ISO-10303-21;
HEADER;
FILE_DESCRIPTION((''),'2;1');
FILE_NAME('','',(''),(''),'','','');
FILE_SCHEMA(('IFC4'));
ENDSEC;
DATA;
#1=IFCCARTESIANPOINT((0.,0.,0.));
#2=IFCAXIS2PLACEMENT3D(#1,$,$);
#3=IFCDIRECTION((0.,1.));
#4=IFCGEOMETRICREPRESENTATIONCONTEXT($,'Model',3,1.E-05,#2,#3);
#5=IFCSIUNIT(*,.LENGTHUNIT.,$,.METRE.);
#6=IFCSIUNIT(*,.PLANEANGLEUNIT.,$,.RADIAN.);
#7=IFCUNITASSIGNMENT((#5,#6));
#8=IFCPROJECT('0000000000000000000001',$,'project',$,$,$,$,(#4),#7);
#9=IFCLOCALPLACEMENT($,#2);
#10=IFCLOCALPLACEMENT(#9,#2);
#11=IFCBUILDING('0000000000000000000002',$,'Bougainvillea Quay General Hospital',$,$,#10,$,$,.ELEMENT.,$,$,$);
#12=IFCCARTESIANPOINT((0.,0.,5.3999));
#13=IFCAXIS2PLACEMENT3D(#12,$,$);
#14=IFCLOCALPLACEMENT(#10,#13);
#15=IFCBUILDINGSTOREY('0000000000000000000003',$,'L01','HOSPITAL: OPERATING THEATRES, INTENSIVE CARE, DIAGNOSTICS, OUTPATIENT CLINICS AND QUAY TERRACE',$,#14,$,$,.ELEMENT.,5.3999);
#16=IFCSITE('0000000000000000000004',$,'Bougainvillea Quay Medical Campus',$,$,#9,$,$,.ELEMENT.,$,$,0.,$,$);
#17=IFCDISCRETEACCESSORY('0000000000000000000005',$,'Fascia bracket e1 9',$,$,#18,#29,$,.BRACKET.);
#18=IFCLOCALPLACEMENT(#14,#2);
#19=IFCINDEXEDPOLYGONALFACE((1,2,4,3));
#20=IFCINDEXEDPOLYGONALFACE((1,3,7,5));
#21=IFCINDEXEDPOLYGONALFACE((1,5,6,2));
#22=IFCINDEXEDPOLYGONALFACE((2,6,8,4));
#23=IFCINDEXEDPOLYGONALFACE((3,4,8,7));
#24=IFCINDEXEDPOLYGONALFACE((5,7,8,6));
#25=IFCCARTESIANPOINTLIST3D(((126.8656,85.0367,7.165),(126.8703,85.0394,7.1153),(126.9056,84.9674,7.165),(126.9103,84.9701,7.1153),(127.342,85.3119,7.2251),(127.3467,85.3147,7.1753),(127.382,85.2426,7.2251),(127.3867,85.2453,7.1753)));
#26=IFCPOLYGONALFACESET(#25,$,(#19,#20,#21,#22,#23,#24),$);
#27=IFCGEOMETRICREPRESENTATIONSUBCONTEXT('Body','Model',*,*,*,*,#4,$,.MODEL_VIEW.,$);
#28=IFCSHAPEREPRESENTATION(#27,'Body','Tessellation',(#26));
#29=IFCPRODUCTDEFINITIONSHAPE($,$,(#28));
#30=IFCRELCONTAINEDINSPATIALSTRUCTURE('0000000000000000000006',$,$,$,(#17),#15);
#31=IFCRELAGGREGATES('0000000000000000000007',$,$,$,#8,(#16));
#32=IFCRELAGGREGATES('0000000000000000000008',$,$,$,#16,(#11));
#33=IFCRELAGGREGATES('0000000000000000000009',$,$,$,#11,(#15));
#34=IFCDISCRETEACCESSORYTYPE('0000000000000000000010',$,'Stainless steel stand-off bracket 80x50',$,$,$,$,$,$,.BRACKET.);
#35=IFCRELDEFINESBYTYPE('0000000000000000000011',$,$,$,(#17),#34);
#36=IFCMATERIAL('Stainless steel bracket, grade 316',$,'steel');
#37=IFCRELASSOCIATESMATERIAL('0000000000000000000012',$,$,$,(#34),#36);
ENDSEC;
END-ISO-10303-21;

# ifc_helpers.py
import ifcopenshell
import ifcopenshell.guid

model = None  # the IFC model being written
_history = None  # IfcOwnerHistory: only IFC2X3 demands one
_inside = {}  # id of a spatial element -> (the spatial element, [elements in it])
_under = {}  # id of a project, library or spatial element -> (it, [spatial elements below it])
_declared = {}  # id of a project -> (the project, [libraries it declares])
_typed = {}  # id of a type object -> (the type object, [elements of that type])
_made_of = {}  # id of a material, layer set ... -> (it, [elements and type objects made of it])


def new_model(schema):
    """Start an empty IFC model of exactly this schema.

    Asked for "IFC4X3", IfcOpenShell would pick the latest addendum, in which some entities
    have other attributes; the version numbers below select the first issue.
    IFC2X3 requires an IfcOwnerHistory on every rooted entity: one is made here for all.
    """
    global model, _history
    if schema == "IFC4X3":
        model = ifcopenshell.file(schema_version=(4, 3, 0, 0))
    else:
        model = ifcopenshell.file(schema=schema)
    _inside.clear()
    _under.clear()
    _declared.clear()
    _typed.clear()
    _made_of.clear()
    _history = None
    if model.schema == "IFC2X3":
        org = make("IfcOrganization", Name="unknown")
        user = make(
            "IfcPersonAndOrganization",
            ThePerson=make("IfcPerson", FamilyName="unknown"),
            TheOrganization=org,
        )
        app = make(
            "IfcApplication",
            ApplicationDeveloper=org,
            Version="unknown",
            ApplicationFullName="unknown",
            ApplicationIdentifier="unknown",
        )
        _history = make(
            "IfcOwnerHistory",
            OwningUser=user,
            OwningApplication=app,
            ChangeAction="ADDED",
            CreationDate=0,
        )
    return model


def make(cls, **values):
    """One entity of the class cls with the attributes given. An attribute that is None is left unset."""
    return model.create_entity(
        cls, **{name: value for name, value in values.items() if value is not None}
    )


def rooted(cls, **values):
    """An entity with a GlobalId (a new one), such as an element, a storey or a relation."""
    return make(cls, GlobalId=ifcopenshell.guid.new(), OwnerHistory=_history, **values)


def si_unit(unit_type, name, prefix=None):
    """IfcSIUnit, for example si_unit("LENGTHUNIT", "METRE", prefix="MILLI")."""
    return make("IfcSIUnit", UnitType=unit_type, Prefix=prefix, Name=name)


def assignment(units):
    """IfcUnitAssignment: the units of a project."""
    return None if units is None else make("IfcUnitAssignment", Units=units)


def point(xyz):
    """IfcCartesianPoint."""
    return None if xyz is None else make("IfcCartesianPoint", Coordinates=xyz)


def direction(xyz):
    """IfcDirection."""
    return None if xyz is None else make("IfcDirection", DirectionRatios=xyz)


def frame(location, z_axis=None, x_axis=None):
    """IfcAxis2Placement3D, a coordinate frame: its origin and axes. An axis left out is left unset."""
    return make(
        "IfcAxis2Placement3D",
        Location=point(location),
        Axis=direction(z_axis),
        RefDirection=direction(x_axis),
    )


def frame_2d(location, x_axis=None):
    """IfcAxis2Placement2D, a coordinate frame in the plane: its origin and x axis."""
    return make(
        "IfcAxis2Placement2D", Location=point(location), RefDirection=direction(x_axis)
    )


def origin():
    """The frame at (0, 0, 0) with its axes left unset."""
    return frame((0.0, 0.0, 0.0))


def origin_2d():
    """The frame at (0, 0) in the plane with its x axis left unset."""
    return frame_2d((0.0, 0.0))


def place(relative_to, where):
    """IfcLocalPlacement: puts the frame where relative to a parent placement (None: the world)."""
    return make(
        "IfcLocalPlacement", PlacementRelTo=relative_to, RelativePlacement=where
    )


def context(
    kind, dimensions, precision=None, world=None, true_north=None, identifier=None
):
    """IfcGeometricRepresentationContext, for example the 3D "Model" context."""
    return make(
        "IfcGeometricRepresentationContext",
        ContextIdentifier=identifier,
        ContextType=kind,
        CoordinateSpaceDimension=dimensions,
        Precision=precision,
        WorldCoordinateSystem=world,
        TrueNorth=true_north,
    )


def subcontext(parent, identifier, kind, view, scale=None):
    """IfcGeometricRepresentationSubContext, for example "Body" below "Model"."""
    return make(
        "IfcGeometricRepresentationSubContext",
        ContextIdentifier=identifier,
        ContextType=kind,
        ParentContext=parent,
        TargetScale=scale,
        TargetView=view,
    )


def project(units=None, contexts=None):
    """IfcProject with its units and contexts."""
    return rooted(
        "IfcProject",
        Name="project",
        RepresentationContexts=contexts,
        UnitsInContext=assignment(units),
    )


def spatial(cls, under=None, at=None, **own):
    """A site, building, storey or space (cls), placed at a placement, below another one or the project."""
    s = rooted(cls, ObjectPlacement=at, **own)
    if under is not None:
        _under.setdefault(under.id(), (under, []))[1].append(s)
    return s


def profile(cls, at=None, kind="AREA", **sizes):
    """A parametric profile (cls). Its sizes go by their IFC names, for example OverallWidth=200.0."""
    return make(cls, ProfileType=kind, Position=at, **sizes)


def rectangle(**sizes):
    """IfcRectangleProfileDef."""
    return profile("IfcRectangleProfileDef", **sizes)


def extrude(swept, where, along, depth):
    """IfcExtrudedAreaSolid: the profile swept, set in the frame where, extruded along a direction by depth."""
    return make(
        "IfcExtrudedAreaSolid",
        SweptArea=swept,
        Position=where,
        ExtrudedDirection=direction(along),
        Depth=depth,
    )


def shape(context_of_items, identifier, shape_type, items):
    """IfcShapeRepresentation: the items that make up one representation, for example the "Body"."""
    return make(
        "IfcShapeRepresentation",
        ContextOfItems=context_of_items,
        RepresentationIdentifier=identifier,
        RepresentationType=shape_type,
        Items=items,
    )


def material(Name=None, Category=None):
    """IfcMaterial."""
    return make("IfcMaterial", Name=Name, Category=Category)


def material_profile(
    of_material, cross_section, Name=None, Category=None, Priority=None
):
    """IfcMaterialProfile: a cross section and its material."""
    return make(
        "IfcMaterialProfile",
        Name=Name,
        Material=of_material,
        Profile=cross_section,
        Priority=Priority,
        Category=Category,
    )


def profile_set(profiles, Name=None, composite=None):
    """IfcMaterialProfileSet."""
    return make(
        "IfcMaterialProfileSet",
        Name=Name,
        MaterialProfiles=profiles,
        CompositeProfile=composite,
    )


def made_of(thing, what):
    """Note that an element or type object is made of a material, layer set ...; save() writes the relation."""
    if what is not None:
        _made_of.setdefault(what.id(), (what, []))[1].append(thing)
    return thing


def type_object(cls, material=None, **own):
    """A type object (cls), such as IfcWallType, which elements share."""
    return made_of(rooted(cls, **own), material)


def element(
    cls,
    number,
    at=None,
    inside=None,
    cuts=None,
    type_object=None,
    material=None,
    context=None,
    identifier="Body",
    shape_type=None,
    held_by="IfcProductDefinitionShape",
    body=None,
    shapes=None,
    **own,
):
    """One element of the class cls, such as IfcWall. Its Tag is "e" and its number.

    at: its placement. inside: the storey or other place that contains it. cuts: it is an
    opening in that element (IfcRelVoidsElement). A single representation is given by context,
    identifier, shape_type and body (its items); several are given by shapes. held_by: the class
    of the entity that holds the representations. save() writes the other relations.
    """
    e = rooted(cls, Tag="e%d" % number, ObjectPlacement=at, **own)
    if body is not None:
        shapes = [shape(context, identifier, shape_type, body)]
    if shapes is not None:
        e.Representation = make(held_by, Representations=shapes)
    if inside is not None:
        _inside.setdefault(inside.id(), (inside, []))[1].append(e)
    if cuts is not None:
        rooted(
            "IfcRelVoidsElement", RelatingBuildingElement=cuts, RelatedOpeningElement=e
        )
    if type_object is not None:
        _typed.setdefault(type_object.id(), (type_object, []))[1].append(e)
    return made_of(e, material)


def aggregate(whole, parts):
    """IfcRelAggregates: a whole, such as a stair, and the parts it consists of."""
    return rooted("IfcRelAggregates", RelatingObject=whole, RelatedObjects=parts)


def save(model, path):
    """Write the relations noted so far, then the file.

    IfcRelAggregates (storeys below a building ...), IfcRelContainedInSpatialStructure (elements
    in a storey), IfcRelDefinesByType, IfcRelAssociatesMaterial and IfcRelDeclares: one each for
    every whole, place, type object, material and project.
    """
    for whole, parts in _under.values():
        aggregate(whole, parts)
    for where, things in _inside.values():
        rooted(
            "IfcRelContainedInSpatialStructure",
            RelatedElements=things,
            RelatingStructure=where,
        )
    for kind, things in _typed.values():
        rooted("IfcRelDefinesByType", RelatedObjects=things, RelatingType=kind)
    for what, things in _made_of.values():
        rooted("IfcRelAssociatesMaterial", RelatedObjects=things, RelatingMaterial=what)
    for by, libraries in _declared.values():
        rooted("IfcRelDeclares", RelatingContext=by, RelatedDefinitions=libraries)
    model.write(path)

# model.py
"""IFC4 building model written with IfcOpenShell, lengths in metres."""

from ifc_helpers import new_model, si_unit, direction, frame, origin, origin_2d, place, context, subcontext, project, spatial, rectangle, extrude, material, material_profile, profile_set, type_object, element, save


model = new_model("IFC4")

# Units and contexts
model_context = context("Model", 3, precision=1e-05, world=origin(), true_north=direction((0.0, 1.0)))
body_context = subcontext(model_context, "Body", "Model", "MODEL_VIEW")
ifc_project = project(units=[si_unit("LENGTHUNIT", "METRE"), si_unit("PLANEANGLEUNIT", "RADIAN")], contexts=[model_context])

# Site, building, storey
site_placement = place(None, origin())
site = spatial("IfcSite", under=ifc_project, at=site_placement, Name="Bougainvillea Quay Medical Campus", CompositionType="ELEMENT", RefElevation=0.0)
building_placement = place(site_placement, origin())
building = spatial("IfcBuilding", under=site, at=building_placement, Name="Bougainvillea Quay General Hospital", CompositionType="ELEMENT")
storey_placement = place(building_placement, frame((0.0, 0.0, 5.3999)))
storey = spatial("IfcBuildingStorey", under=building, at=storey_placement, Name="L01", Description="HOSPITAL: OPERATING THEATRES, INTENSIVE CARE, DIAGNOSTICS, OUTPATIENT CLINICS AND QUAY TERRACE", CompositionType="ELEMENT", Elevation=5.3999)

# Discrete accessory
ifc_material_1 = material(Name="Stainless steel bracket, grade 316", Category="steel")
ifc_material_profile_1 = material_profile(ifc_material_1, rectangle(XDim=0.0801, YDim=0.05, at=origin_2d()))
ifc_profile_set_1 = profile_set([ifc_material_profile_1], Name="Stainless steel bracket, grade 316")
discrete_accessory_type = type_object("IfcDiscreteAccessoryType", Name="Stainless steel stand-off bracket 80x50", PredefinedType="BRACKET", material=ifc_profile_set_1)
discrete_accessory_placement = place(storey_placement, frame((126.8879, 85.0034, 7.1401), z_axis=(0.860797, 0.497241, 0.108537), x_axis=(-0.500196, 0.865912, 0.0)))
element("IfcDiscreteAccessory", 1, at=discrete_accessory_placement, inside=storey, type_object=discrete_accessory_type, Name="Fascia bracket e1 9", PredefinedType="BRACKET", context=body_context, shape_type="SweptSolid", body=[
    extrude(rectangle(XDim=0.0801, YDim=0.05, at=origin_2d()), origin(), (0.0, 0.0, 1.0), 0.5535),
])

save(model, "model.ifc")
